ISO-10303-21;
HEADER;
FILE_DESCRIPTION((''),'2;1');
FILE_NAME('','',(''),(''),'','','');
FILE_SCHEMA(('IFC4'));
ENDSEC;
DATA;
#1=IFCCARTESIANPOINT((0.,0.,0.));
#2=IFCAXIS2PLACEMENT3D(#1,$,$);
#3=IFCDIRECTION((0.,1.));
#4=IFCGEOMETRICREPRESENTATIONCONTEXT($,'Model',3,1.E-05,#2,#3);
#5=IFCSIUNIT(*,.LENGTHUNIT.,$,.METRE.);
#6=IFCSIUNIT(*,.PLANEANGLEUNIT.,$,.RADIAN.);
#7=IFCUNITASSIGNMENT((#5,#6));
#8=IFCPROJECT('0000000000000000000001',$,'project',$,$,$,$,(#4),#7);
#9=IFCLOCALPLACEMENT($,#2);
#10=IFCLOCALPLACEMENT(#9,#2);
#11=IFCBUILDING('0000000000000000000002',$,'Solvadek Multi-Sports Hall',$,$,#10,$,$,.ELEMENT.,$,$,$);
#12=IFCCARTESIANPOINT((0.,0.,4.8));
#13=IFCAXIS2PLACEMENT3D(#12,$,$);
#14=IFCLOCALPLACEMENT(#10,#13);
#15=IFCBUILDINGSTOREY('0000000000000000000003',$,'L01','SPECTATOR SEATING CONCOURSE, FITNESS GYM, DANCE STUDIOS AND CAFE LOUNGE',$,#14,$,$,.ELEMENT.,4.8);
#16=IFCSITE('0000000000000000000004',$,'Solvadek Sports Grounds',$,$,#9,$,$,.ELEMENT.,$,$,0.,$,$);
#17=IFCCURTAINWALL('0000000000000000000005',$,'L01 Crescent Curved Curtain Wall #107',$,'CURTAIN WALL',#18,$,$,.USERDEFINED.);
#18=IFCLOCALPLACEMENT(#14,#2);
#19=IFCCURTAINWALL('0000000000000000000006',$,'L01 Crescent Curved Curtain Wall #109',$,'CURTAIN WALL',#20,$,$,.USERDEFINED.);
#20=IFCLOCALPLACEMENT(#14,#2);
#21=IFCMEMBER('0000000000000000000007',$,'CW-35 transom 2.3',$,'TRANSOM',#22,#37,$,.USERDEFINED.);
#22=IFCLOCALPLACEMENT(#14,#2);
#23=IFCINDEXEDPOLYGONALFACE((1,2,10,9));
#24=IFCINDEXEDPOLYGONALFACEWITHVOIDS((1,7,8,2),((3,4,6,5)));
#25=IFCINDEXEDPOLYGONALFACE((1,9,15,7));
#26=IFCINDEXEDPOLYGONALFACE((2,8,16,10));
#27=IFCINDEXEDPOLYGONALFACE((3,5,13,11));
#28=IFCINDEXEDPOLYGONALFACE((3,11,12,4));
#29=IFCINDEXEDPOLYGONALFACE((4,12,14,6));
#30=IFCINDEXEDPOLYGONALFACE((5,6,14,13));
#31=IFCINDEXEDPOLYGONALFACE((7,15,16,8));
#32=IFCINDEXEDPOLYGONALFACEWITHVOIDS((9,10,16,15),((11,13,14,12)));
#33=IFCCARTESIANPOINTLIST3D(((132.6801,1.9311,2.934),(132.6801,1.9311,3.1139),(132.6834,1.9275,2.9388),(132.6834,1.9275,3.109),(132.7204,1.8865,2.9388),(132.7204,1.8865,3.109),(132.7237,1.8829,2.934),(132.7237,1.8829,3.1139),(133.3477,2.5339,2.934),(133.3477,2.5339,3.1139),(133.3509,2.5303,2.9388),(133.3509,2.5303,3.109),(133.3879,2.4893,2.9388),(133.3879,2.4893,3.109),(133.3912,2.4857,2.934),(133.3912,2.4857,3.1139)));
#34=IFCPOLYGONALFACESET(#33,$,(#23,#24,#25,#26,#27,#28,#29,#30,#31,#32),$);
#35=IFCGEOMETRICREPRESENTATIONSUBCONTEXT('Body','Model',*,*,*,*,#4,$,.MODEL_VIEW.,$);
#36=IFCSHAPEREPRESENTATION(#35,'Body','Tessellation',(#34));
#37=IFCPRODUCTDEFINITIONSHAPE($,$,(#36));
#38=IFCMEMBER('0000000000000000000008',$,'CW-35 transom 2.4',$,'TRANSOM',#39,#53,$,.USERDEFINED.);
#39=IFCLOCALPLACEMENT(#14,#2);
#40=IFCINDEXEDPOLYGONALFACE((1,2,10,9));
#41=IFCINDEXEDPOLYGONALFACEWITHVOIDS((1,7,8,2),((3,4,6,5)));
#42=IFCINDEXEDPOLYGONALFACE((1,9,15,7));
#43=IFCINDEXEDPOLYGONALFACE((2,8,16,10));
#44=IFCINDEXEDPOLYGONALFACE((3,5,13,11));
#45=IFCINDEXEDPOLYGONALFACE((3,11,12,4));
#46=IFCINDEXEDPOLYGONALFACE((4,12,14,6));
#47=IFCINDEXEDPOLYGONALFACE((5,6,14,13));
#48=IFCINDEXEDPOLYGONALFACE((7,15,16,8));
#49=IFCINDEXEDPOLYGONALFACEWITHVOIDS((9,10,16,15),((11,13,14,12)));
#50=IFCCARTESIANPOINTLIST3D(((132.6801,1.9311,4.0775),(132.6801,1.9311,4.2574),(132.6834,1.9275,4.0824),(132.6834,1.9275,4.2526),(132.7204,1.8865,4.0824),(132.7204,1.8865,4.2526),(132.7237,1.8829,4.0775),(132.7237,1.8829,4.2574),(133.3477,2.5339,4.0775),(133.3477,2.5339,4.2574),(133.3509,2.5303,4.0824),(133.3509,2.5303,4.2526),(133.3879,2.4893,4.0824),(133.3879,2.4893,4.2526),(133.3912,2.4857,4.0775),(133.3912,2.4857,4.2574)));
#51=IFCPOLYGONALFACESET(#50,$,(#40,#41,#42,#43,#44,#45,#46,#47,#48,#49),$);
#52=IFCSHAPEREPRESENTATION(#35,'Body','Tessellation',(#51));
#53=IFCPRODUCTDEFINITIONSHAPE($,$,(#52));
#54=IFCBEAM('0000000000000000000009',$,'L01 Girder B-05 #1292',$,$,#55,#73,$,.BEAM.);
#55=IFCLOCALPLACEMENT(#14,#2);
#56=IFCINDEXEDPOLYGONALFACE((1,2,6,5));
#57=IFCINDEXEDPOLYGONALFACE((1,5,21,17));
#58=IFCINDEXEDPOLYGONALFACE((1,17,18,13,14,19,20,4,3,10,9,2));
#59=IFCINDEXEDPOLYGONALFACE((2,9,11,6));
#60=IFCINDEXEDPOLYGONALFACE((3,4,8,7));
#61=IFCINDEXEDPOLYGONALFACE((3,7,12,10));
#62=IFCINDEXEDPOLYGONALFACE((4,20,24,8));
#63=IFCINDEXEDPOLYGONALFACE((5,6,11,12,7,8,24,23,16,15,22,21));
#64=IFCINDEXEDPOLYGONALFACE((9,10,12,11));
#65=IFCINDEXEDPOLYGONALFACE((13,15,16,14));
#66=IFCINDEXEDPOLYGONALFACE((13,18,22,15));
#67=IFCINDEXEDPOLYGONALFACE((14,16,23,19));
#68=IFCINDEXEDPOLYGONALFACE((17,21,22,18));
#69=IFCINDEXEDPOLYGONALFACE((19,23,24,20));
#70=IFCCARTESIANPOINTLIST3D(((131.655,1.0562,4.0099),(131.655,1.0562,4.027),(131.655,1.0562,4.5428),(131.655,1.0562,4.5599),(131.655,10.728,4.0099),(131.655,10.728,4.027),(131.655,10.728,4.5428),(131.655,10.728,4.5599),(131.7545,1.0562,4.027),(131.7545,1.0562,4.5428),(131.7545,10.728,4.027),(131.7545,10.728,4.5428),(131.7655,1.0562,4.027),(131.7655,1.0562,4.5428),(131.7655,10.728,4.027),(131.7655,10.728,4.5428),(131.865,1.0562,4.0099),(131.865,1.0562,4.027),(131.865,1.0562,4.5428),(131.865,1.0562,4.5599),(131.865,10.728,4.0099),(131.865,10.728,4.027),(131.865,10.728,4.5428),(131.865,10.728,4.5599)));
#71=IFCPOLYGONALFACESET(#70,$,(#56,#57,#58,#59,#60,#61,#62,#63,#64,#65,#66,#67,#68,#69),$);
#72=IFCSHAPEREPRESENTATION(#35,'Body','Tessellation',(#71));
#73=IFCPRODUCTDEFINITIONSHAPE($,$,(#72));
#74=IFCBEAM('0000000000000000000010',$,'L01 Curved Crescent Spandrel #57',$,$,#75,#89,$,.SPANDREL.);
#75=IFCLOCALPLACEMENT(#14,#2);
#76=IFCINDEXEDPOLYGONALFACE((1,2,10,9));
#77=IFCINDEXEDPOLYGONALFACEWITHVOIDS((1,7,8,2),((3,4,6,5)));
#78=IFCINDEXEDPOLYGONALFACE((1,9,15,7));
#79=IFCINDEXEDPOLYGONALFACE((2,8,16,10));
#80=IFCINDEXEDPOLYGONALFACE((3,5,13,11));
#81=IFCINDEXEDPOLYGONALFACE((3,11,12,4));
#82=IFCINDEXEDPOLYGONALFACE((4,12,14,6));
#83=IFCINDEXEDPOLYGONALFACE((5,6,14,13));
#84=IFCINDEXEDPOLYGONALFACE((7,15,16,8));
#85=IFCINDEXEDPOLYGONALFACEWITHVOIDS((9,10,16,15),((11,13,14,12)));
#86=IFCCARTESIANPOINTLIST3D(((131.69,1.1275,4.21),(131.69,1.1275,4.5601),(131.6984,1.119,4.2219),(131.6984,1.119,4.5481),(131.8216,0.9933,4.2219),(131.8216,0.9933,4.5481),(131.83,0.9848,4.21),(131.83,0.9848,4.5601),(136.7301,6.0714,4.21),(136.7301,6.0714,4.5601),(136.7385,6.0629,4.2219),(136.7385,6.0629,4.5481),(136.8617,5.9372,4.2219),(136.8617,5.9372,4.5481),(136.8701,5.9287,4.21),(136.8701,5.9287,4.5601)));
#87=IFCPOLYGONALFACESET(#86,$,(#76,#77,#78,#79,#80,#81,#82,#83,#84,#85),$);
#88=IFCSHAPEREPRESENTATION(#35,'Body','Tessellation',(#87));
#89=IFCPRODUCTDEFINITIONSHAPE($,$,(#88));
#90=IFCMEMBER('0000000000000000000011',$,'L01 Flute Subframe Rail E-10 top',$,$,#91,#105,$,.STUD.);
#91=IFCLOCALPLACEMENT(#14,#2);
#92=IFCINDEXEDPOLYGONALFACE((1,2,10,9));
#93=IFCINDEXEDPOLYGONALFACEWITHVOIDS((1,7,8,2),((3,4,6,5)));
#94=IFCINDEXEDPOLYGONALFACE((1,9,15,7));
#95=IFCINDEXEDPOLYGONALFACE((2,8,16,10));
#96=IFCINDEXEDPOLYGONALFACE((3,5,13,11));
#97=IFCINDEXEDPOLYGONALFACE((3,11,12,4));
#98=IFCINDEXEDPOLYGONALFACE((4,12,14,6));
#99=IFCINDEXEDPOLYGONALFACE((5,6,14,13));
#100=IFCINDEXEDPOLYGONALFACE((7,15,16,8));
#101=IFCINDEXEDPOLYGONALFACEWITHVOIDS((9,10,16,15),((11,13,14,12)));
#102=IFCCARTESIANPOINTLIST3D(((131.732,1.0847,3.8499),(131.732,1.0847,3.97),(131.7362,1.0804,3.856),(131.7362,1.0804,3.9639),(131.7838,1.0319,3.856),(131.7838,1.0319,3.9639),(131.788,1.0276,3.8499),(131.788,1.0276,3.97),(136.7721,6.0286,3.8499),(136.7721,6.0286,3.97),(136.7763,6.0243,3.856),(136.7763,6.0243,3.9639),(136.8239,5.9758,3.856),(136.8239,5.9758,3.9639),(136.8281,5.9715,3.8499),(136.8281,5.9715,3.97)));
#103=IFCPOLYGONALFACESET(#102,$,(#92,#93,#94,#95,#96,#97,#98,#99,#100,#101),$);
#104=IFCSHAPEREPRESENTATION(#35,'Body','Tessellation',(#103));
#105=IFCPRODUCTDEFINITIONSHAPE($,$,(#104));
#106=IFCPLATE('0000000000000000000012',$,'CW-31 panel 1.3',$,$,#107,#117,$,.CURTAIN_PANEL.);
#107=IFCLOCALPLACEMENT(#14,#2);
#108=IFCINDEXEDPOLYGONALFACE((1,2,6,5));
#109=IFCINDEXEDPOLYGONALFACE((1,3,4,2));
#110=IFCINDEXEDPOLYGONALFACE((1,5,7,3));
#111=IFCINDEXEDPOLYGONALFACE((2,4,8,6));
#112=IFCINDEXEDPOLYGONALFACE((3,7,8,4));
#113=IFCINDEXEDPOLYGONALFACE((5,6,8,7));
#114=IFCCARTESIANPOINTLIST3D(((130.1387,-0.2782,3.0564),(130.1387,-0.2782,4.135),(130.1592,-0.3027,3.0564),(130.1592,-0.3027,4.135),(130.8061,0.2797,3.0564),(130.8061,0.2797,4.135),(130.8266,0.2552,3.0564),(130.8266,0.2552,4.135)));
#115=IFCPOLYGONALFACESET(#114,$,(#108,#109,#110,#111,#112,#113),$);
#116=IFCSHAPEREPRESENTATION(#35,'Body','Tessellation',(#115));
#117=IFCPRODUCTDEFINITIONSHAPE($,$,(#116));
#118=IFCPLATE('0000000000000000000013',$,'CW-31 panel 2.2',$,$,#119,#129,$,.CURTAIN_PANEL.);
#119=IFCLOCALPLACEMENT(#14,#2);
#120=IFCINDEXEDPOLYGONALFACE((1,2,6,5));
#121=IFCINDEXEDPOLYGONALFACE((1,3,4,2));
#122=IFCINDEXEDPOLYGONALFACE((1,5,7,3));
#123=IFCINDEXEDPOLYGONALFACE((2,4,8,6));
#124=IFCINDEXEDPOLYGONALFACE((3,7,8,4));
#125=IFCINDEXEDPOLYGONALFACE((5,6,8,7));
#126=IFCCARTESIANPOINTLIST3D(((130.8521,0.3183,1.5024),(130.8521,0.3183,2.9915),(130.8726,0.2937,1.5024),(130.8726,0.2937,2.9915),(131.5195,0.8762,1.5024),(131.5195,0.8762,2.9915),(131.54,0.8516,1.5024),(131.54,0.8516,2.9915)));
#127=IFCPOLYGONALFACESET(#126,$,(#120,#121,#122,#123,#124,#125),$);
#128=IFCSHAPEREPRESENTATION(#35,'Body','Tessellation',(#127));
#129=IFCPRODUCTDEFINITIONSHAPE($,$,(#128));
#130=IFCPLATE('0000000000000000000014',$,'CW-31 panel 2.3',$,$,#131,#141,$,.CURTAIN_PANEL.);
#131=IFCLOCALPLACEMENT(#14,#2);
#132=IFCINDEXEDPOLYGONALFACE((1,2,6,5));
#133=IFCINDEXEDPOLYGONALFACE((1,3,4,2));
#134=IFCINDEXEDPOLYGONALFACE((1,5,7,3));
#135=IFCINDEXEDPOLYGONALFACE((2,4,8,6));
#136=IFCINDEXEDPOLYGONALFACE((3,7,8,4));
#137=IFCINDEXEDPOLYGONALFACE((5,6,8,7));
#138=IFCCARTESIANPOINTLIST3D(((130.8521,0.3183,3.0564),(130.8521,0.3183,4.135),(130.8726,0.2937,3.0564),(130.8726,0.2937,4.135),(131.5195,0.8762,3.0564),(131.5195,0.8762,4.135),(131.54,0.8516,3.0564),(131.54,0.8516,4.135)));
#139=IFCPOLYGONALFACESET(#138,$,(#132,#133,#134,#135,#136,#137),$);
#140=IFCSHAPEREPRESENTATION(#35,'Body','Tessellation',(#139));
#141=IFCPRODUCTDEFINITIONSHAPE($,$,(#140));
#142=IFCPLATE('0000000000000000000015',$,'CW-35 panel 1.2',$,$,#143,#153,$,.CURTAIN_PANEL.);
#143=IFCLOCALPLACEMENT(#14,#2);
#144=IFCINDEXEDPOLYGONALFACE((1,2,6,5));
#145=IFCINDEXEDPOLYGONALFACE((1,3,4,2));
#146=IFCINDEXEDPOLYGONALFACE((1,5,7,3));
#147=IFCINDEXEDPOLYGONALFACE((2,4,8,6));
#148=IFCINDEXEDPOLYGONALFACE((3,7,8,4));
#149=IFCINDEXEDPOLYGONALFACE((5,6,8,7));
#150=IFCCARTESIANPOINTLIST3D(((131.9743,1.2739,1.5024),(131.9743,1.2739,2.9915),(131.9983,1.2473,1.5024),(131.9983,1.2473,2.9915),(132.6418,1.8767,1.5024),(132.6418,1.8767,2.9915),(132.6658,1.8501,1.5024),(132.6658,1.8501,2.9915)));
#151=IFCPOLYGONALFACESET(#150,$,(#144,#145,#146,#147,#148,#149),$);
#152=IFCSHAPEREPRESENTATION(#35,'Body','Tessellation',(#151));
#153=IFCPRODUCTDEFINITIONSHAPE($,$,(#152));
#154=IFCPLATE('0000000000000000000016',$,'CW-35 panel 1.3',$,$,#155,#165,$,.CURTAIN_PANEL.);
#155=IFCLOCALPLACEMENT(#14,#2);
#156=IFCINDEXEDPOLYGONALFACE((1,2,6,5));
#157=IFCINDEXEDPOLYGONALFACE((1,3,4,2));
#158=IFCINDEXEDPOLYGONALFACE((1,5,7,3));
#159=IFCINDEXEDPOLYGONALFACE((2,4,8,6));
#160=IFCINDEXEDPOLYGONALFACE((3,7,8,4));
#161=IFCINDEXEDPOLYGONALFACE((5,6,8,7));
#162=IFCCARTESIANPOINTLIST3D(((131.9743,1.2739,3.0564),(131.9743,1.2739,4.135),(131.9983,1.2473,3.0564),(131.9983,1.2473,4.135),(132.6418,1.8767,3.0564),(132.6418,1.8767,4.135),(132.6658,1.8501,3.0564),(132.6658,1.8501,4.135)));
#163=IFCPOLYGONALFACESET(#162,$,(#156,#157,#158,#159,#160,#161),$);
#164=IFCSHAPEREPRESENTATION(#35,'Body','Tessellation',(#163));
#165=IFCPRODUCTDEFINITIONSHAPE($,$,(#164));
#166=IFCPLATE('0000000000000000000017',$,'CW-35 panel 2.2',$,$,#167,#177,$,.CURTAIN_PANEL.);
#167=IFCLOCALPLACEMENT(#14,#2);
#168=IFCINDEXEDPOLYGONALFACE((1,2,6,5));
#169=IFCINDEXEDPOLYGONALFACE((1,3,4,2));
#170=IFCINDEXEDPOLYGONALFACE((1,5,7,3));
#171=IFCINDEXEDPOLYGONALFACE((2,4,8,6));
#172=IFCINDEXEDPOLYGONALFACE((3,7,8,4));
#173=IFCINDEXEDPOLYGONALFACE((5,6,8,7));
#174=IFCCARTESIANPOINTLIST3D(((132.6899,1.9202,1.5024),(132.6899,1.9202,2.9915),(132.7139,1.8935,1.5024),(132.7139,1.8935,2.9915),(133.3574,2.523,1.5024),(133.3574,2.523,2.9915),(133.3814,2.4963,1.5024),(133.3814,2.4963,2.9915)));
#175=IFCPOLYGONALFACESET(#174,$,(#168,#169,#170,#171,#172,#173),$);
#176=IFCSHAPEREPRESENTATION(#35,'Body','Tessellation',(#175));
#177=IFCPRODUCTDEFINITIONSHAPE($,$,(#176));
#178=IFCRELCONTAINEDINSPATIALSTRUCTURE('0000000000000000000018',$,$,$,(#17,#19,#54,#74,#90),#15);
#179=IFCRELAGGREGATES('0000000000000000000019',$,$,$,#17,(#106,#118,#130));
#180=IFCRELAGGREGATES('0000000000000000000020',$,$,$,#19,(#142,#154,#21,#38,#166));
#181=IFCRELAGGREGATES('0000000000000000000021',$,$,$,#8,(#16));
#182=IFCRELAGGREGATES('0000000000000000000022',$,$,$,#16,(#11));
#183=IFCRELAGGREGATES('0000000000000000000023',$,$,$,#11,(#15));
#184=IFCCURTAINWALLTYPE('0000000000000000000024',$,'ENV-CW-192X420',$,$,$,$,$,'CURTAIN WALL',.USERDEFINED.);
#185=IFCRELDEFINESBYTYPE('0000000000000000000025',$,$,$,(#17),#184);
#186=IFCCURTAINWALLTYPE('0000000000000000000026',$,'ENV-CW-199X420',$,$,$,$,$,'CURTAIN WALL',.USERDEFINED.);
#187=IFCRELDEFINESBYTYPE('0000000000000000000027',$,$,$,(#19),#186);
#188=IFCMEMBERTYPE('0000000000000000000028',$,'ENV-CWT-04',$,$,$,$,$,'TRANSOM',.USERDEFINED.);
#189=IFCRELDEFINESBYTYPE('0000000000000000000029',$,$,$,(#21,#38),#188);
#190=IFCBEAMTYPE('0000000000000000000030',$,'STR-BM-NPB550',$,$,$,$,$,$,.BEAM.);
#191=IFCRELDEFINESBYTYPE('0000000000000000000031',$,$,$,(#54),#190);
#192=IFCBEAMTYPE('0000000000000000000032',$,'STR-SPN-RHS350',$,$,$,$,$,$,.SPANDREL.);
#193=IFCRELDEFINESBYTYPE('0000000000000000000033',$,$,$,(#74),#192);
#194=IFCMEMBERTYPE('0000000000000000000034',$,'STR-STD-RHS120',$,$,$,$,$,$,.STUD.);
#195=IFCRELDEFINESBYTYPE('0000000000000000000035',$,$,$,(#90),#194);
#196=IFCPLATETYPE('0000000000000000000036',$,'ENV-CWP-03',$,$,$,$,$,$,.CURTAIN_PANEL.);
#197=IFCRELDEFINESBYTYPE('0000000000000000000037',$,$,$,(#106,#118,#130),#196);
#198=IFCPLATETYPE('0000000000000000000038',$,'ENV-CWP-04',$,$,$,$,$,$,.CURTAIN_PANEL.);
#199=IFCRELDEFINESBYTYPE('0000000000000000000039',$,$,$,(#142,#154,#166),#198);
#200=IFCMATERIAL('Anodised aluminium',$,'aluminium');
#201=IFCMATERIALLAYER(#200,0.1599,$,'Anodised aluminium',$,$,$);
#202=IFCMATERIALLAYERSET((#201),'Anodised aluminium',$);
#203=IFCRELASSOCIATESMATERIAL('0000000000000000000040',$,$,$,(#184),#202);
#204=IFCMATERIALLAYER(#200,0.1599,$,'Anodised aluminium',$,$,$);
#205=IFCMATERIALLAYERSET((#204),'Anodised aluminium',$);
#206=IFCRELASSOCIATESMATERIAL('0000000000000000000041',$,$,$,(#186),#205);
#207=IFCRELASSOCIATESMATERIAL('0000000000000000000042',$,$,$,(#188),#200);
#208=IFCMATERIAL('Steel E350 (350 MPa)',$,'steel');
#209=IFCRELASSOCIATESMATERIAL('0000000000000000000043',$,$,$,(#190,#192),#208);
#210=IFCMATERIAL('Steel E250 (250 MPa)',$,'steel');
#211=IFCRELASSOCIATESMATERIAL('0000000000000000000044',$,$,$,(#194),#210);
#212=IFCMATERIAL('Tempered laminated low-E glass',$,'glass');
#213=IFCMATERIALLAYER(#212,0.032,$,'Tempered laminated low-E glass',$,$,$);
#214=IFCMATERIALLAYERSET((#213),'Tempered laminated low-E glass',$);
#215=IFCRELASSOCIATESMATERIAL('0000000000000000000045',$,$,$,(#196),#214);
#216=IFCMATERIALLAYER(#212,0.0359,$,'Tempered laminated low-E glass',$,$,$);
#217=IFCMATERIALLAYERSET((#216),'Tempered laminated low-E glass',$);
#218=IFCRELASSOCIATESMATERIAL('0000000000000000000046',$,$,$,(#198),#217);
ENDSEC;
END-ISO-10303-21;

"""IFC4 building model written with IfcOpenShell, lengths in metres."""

from ifc_helpers import new_model, si_unit, direction, frame, origin, origin_2d, place, context, subcontext, project, spatial, rectangle, hollow_rectangle, i_section, extrude, material, layer, layer_set, material_profile, profile_set, type_object, element, aggregate, save


model = new_model("IFC4")

# Units and contexts
model_context = context("Model", 3, precision=1e-05, world=origin(), true_north=direction((0.0, 1.0)))
body_context = subcontext(model_context, "Body", "Model", "MODEL_VIEW")
ifc_project = project(units=[si_unit("LENGTHUNIT", "METRE"), si_unit("PLANEANGLEUNIT", "RADIAN")], contexts=[model_context])

# Site, building, storey
site_placement = place(None, origin())
site = spatial("IfcSite", under=ifc_project, at=site_placement, Name="Solvadek Sports Grounds", CompositionType="ELEMENT", RefElevation=0.0)
building_placement = place(site_placement, origin())
building = spatial("IfcBuilding", under=site, at=building_placement, Name="Solvadek Multi-Sports Hall", CompositionType="ELEMENT")
storey_placement = place(building_placement, frame((0.0, 0.0, 4.8)))
storey = spatial("IfcBuildingStorey", under=building, at=storey_placement, Name="L01", Description="SPECTATOR SEATING CONCOURSE, FITNESS GYM, DANCE STUDIOS AND CAFE LOUNGE", CompositionType="ELEMENT", Elevation=4.8)

# Curtain walls, members
ifc_material_1 = material(Name="Anodised aluminium", Category="aluminium")
ifc_layer_1 = layer(ifc_material_1, 0.1599, Name="Anodised aluminium")
ifc_layer_set_1 = layer_set([ifc_layer_1], Name="Anodised aluminium")
curtain_wall_type_1 = type_object("IfcCurtainWallType", Name="ENV-CW-192X420", ElementType="CURTAIN WALL", PredefinedType="USERDEFINED", material=ifc_layer_set_1)
curtain_wall_1_placement = place(storey_placement, origin())
curtain_wall_1 = element("IfcCurtainWall", 1, at=curtain_wall_1_placement, inside=storey, type_object=curtain_wall_type_1, Name="L01 Crescent Curved Curtain Wall #107", ObjectType="CURTAIN WALL", PredefinedType="USERDEFINED")
ifc_layer_2 = layer(ifc_material_1, 0.1599, Name="Anodised aluminium")
ifc_layer_set_2 = layer_set([ifc_layer_2], Name="Anodised aluminium")
curtain_wall_type_2 = type_object("IfcCurtainWallType", Name="ENV-CW-199X420", ElementType="CURTAIN WALL", PredefinedType="USERDEFINED", material=ifc_layer_set_2)
curtain_wall_2_placement = place(storey_placement, origin())
curtain_wall_2 = element("IfcCurtainWall", 2, at=curtain_wall_2_placement, inside=storey, type_object=curtain_wall_type_2, Name="L01 Crescent Curved Curtain Wall #109", ObjectType="CURTAIN WALL", PredefinedType="USERDEFINED")
ifc_material_profile_1 = material_profile(ifc_material_1, hollow_rectangle(XDim=0.0649, YDim=0.1799, WallThickness=0.0049, at=origin_2d()), Name="ALU-T 180x65x5")
ifc_profile_set_1 = profile_set([ifc_material_profile_1], Name="Anodised aluminium")
member_type_1 = type_object("IfcMemberType", Name="ENV-CWT-04", ElementType="TRANSOM", PredefinedType="USERDEFINED", material=ifc_profile_set_1)
member_1_placement = place(storey_placement, frame((132.7019, 1.907, 3.0239), z_axis=(0.742159, 0.670224, 0.0), x_axis=(-0.670224, 0.742159, 0.0)))
member_1 = element("IfcMember", 3, at=member_1_placement, type_object=member_type_1, Name="CW-35 transom 2.3", ObjectType="TRANSOM", PredefinedType="USERDEFINED", context=body_context, shape_type="SweptSolid", body=[
    extrude(hollow_rectangle(XDim=0.0649, YDim=0.1799, WallThickness=0.0049, at=origin_2d()), origin(), (0.0, 0.0, 1.0), 0.8994),
])
member_2_placement = place(storey_placement, frame((132.7019, 1.907, 4.1675), z_axis=(0.742159, 0.670224, 0.0), x_axis=(-0.670224, 0.742159, 0.0)))
member_2 = element("IfcMember", 4, at=member_2_placement, type_object=member_type_1, Name="CW-35 transom 2.4", ObjectType="TRANSOM", PredefinedType="USERDEFINED", context=body_context, shape_type="SweptSolid", body=[
    extrude(hollow_rectangle(XDim=0.0649, YDim=0.1799, WallThickness=0.0049, at=origin_2d()), origin(), (0.0, 0.0, 1.0), 0.8994),
])

# Beams
ifc_material_2 = material(Name="Steel E350 (350 MPa)", Category="steel")
ifc_material_profile_2 = material_profile(ifc_material_2, i_section(OverallWidth=0.21, OverallDepth=0.55, WebThickness=0.011, FlangeThickness=0.0171, at=origin_2d()), Name="NPB 550")
ifc_profile_set_2 = profile_set([ifc_material_profile_2], Name="Steel E350 (350 MPa)")
beam_type_1 = type_object("IfcBeamType", Name="STR-BM-NPB550", PredefinedType="BEAM", material=ifc_profile_set_2)
beam_1_placement = place(storey_placement, frame((131.76, 1.0562, 4.2849), z_axis=(0.0, 1.0, 0.0), x_axis=(-1.0, 0.0, 0.0)))
element("IfcBeam", 5, at=beam_1_placement, inside=storey, type_object=beam_type_1, Name="L01 Girder B-05 #1292", PredefinedType="BEAM", context=body_context, shape_type="SweptSolid", body=[
    extrude(i_section(OverallWidth=0.21, OverallDepth=0.55, WebThickness=0.011, FlangeThickness=0.0171, at=origin_2d()), origin(), (0.0, 0.0, 1.0), 9.6719),
])
ifc_material_profile_3 = material_profile(ifc_material_2, hollow_rectangle(XDim=0.2, YDim=0.3501, WallThickness=0.012, at=origin_2d()), Name="RHS 350x200x12")
ifc_profile_set_3 = profile_set([ifc_material_profile_3], Name="Steel E350 (350 MPa)")
beam_type_2 = type_object("IfcBeamType", Name="STR-SPN-RHS350", PredefinedType="SPANDREL", material=ifc_profile_set_3)
beam_2_placement = place(storey_placement, frame((131.76, 1.0562, 4.385), z_axis=(0.713886, 0.700262, 0.0), x_axis=(-0.700262, 0.713886, 0.0)))
element("IfcBeam", 6, at=beam_2_placement, inside=storey, type_object=beam_type_2, Name="L01 Curved Crescent Spandrel #57", PredefinedType="SPANDREL", context=body_context, shape_type="SweptSolid", body=[
    extrude(hollow_rectangle(XDim=0.2, YDim=0.3501, WallThickness=0.012, at=origin_2d()), origin(), (0.0, 0.0, 1.0), 7.0601),
])

# Member
ifc_material_3 = material(Name="Steel E250 (250 MPa)", Category="steel")
ifc_material_profile_4 = material_profile(ifc_material_3, hollow_rectangle(XDim=0.0801, YDim=0.1201, WallThickness=0.0061, at=origin_2d()), Name="RHS 120x80x6")
ifc_profile_set_4 = profile_set([ifc_material_profile_4], Name="Steel E250 (250 MPa)")
member_type_2 = type_object("IfcMemberType", Name="STR-STD-RHS120", PredefinedType="STUD", material=ifc_profile_set_4)
member_3_placement = place(storey_placement, frame((131.76, 1.0562, 3.9099), z_axis=(0.713886, 0.700262, 0.0), x_axis=(-0.700262, 0.713886, 0.0)))
element("IfcMember", 7, at=member_3_placement, inside=storey, type_object=member_type_2, Name="L01 Flute Subframe Rail E-10 top", PredefinedType="STUD", context=body_context, shape_type="SweptSolid", body=[
    extrude(hollow_rectangle(XDim=0.0801, YDim=0.1201, WallThickness=0.0061, at=origin_2d()), origin(), (0.0, 0.0, 1.0), 7.0601),
])

# Plates
ifc_material_4 = material(Name="Tempered laminated low-E glass", Category="glass")
ifc_layer_3 = layer(ifc_material_4, 0.032, Name="Tempered laminated low-E glass")
ifc_layer_set_3 = layer_set([ifc_layer_3], Name="Tempered laminated low-E glass")
plate_type_1 = type_object("IfcPlateType", Name="ENV-CWP-03", PredefinedType="CURTAIN_PANEL", material=ifc_layer_set_3)
plate_1_placement = place(storey_placement, frame((130.4827, -0.0115, 3.0564), z_axis=(0.0, 0.0, 1.0), x_axis=(0.767251, 0.641347, 0.0)))
plate_1 = element("IfcPlate", 8, at=plate_1_placement, type_object=plate_type_1, Name="CW-31 panel 1.3", PredefinedType="CURTAIN_PANEL", context=body_context, shape_type="SweptSolid", body=[
    extrude(rectangle(XDim=0.8699, YDim=0.032, at=origin_2d()), origin(), (0.0, 0.0, 1.0), 1.0786),
])
plate_2_placement = place(storey_placement, frame((131.196, 0.585, 1.5024), z_axis=(0.0, 0.0, 1.0), x_axis=(0.767251, 0.641347, 0.0)))
plate_2 = element("IfcPlate", 9, at=plate_2_placement, type_object=plate_type_1, Name="CW-31 panel 2.2", PredefinedType="CURTAIN_PANEL", context=body_context, shape_type="SweptSolid", body=[
    extrude(rectangle(XDim=0.8699, YDim=0.032, at=origin_2d()), origin(), (0.0, 0.0, 1.0), 1.489),
])
plate_3_placement = place(storey_placement, frame((131.196, 0.585, 3.0564), z_axis=(0.0, 0.0, 1.0), x_axis=(0.767251, 0.641347, 0.0)))
plate_3 = element("IfcPlate", 10, at=plate_3_placement, type_object=plate_type_1, Name="CW-31 panel 2.3", PredefinedType="CURTAIN_PANEL", context=body_context, shape_type="SweptSolid", body=[
    extrude(rectangle(XDim=0.8699, YDim=0.032, at=origin_2d()), origin(), (0.0, 0.0, 1.0), 1.0786),
])
aggregate(curtain_wall_1, [plate_1, plate_2, plate_3])
ifc_layer_4 = layer(ifc_material_4, 0.0359, Name="Tempered laminated low-E glass")
ifc_layer_set_4 = layer_set([ifc_layer_4], Name="Tempered laminated low-E glass")
plate_type_2 = type_object("IfcPlateType", Name="ENV-CWP-04", PredefinedType="CURTAIN_PANEL", material=ifc_layer_set_4)
plate_4_placement = place(storey_placement, frame((132.3201, 1.562, 1.5024), z_axis=(0.0, 0.0, 1.0), x_axis=(0.742156, 0.670227, 0.0)))
plate_4 = element("IfcPlate", 11, at=plate_4_placement, type_object=plate_type_2, Name="CW-35 panel 1.2", PredefinedType="CURTAIN_PANEL", context=body_context, shape_type="SweptSolid", body=[
    extrude(rectangle(XDim=0.8994, YDim=0.0359, at=origin_2d()), origin(), (0.0, 0.0, 1.0), 1.489),
])
plate_5_placement = place(storey_placement, frame((132.3201, 1.562, 3.0564), z_axis=(0.0, 0.0, 1.0), x_axis=(0.742156, 0.670227, 0.0)))
plate_5 = element("IfcPlate", 12, at=plate_5_placement, type_object=plate_type_2, Name="CW-35 panel 1.3", PredefinedType="CURTAIN_PANEL", context=body_context, shape_type="SweptSolid", body=[
    extrude(rectangle(XDim=0.8994, YDim=0.0359, at=origin_2d()), origin(), (0.0, 0.0, 1.0), 1.0786),
])
plate_6_placement = place(storey_placement, frame((133.0356, 2.2083, 1.5024), z_axis=(0.0, 0.0, 1.0), x_axis=(0.742156, 0.670227, 0.0)))
plate_6 = element("IfcPlate", 13, at=plate_6_placement, type_object=plate_type_2, Name="CW-35 panel 2.2", PredefinedType="CURTAIN_PANEL", context=body_context, shape_type="SweptSolid", body=[
    extrude(rectangle(XDim=0.8994, YDim=0.0359, at=origin_2d()), origin(), (0.0, 0.0, 1.0), 1.489),
])
aggregate(curtain_wall_2, [plate_4, plate_5, member_1, member_2, plate_6])

save(model, "model.ifc")
